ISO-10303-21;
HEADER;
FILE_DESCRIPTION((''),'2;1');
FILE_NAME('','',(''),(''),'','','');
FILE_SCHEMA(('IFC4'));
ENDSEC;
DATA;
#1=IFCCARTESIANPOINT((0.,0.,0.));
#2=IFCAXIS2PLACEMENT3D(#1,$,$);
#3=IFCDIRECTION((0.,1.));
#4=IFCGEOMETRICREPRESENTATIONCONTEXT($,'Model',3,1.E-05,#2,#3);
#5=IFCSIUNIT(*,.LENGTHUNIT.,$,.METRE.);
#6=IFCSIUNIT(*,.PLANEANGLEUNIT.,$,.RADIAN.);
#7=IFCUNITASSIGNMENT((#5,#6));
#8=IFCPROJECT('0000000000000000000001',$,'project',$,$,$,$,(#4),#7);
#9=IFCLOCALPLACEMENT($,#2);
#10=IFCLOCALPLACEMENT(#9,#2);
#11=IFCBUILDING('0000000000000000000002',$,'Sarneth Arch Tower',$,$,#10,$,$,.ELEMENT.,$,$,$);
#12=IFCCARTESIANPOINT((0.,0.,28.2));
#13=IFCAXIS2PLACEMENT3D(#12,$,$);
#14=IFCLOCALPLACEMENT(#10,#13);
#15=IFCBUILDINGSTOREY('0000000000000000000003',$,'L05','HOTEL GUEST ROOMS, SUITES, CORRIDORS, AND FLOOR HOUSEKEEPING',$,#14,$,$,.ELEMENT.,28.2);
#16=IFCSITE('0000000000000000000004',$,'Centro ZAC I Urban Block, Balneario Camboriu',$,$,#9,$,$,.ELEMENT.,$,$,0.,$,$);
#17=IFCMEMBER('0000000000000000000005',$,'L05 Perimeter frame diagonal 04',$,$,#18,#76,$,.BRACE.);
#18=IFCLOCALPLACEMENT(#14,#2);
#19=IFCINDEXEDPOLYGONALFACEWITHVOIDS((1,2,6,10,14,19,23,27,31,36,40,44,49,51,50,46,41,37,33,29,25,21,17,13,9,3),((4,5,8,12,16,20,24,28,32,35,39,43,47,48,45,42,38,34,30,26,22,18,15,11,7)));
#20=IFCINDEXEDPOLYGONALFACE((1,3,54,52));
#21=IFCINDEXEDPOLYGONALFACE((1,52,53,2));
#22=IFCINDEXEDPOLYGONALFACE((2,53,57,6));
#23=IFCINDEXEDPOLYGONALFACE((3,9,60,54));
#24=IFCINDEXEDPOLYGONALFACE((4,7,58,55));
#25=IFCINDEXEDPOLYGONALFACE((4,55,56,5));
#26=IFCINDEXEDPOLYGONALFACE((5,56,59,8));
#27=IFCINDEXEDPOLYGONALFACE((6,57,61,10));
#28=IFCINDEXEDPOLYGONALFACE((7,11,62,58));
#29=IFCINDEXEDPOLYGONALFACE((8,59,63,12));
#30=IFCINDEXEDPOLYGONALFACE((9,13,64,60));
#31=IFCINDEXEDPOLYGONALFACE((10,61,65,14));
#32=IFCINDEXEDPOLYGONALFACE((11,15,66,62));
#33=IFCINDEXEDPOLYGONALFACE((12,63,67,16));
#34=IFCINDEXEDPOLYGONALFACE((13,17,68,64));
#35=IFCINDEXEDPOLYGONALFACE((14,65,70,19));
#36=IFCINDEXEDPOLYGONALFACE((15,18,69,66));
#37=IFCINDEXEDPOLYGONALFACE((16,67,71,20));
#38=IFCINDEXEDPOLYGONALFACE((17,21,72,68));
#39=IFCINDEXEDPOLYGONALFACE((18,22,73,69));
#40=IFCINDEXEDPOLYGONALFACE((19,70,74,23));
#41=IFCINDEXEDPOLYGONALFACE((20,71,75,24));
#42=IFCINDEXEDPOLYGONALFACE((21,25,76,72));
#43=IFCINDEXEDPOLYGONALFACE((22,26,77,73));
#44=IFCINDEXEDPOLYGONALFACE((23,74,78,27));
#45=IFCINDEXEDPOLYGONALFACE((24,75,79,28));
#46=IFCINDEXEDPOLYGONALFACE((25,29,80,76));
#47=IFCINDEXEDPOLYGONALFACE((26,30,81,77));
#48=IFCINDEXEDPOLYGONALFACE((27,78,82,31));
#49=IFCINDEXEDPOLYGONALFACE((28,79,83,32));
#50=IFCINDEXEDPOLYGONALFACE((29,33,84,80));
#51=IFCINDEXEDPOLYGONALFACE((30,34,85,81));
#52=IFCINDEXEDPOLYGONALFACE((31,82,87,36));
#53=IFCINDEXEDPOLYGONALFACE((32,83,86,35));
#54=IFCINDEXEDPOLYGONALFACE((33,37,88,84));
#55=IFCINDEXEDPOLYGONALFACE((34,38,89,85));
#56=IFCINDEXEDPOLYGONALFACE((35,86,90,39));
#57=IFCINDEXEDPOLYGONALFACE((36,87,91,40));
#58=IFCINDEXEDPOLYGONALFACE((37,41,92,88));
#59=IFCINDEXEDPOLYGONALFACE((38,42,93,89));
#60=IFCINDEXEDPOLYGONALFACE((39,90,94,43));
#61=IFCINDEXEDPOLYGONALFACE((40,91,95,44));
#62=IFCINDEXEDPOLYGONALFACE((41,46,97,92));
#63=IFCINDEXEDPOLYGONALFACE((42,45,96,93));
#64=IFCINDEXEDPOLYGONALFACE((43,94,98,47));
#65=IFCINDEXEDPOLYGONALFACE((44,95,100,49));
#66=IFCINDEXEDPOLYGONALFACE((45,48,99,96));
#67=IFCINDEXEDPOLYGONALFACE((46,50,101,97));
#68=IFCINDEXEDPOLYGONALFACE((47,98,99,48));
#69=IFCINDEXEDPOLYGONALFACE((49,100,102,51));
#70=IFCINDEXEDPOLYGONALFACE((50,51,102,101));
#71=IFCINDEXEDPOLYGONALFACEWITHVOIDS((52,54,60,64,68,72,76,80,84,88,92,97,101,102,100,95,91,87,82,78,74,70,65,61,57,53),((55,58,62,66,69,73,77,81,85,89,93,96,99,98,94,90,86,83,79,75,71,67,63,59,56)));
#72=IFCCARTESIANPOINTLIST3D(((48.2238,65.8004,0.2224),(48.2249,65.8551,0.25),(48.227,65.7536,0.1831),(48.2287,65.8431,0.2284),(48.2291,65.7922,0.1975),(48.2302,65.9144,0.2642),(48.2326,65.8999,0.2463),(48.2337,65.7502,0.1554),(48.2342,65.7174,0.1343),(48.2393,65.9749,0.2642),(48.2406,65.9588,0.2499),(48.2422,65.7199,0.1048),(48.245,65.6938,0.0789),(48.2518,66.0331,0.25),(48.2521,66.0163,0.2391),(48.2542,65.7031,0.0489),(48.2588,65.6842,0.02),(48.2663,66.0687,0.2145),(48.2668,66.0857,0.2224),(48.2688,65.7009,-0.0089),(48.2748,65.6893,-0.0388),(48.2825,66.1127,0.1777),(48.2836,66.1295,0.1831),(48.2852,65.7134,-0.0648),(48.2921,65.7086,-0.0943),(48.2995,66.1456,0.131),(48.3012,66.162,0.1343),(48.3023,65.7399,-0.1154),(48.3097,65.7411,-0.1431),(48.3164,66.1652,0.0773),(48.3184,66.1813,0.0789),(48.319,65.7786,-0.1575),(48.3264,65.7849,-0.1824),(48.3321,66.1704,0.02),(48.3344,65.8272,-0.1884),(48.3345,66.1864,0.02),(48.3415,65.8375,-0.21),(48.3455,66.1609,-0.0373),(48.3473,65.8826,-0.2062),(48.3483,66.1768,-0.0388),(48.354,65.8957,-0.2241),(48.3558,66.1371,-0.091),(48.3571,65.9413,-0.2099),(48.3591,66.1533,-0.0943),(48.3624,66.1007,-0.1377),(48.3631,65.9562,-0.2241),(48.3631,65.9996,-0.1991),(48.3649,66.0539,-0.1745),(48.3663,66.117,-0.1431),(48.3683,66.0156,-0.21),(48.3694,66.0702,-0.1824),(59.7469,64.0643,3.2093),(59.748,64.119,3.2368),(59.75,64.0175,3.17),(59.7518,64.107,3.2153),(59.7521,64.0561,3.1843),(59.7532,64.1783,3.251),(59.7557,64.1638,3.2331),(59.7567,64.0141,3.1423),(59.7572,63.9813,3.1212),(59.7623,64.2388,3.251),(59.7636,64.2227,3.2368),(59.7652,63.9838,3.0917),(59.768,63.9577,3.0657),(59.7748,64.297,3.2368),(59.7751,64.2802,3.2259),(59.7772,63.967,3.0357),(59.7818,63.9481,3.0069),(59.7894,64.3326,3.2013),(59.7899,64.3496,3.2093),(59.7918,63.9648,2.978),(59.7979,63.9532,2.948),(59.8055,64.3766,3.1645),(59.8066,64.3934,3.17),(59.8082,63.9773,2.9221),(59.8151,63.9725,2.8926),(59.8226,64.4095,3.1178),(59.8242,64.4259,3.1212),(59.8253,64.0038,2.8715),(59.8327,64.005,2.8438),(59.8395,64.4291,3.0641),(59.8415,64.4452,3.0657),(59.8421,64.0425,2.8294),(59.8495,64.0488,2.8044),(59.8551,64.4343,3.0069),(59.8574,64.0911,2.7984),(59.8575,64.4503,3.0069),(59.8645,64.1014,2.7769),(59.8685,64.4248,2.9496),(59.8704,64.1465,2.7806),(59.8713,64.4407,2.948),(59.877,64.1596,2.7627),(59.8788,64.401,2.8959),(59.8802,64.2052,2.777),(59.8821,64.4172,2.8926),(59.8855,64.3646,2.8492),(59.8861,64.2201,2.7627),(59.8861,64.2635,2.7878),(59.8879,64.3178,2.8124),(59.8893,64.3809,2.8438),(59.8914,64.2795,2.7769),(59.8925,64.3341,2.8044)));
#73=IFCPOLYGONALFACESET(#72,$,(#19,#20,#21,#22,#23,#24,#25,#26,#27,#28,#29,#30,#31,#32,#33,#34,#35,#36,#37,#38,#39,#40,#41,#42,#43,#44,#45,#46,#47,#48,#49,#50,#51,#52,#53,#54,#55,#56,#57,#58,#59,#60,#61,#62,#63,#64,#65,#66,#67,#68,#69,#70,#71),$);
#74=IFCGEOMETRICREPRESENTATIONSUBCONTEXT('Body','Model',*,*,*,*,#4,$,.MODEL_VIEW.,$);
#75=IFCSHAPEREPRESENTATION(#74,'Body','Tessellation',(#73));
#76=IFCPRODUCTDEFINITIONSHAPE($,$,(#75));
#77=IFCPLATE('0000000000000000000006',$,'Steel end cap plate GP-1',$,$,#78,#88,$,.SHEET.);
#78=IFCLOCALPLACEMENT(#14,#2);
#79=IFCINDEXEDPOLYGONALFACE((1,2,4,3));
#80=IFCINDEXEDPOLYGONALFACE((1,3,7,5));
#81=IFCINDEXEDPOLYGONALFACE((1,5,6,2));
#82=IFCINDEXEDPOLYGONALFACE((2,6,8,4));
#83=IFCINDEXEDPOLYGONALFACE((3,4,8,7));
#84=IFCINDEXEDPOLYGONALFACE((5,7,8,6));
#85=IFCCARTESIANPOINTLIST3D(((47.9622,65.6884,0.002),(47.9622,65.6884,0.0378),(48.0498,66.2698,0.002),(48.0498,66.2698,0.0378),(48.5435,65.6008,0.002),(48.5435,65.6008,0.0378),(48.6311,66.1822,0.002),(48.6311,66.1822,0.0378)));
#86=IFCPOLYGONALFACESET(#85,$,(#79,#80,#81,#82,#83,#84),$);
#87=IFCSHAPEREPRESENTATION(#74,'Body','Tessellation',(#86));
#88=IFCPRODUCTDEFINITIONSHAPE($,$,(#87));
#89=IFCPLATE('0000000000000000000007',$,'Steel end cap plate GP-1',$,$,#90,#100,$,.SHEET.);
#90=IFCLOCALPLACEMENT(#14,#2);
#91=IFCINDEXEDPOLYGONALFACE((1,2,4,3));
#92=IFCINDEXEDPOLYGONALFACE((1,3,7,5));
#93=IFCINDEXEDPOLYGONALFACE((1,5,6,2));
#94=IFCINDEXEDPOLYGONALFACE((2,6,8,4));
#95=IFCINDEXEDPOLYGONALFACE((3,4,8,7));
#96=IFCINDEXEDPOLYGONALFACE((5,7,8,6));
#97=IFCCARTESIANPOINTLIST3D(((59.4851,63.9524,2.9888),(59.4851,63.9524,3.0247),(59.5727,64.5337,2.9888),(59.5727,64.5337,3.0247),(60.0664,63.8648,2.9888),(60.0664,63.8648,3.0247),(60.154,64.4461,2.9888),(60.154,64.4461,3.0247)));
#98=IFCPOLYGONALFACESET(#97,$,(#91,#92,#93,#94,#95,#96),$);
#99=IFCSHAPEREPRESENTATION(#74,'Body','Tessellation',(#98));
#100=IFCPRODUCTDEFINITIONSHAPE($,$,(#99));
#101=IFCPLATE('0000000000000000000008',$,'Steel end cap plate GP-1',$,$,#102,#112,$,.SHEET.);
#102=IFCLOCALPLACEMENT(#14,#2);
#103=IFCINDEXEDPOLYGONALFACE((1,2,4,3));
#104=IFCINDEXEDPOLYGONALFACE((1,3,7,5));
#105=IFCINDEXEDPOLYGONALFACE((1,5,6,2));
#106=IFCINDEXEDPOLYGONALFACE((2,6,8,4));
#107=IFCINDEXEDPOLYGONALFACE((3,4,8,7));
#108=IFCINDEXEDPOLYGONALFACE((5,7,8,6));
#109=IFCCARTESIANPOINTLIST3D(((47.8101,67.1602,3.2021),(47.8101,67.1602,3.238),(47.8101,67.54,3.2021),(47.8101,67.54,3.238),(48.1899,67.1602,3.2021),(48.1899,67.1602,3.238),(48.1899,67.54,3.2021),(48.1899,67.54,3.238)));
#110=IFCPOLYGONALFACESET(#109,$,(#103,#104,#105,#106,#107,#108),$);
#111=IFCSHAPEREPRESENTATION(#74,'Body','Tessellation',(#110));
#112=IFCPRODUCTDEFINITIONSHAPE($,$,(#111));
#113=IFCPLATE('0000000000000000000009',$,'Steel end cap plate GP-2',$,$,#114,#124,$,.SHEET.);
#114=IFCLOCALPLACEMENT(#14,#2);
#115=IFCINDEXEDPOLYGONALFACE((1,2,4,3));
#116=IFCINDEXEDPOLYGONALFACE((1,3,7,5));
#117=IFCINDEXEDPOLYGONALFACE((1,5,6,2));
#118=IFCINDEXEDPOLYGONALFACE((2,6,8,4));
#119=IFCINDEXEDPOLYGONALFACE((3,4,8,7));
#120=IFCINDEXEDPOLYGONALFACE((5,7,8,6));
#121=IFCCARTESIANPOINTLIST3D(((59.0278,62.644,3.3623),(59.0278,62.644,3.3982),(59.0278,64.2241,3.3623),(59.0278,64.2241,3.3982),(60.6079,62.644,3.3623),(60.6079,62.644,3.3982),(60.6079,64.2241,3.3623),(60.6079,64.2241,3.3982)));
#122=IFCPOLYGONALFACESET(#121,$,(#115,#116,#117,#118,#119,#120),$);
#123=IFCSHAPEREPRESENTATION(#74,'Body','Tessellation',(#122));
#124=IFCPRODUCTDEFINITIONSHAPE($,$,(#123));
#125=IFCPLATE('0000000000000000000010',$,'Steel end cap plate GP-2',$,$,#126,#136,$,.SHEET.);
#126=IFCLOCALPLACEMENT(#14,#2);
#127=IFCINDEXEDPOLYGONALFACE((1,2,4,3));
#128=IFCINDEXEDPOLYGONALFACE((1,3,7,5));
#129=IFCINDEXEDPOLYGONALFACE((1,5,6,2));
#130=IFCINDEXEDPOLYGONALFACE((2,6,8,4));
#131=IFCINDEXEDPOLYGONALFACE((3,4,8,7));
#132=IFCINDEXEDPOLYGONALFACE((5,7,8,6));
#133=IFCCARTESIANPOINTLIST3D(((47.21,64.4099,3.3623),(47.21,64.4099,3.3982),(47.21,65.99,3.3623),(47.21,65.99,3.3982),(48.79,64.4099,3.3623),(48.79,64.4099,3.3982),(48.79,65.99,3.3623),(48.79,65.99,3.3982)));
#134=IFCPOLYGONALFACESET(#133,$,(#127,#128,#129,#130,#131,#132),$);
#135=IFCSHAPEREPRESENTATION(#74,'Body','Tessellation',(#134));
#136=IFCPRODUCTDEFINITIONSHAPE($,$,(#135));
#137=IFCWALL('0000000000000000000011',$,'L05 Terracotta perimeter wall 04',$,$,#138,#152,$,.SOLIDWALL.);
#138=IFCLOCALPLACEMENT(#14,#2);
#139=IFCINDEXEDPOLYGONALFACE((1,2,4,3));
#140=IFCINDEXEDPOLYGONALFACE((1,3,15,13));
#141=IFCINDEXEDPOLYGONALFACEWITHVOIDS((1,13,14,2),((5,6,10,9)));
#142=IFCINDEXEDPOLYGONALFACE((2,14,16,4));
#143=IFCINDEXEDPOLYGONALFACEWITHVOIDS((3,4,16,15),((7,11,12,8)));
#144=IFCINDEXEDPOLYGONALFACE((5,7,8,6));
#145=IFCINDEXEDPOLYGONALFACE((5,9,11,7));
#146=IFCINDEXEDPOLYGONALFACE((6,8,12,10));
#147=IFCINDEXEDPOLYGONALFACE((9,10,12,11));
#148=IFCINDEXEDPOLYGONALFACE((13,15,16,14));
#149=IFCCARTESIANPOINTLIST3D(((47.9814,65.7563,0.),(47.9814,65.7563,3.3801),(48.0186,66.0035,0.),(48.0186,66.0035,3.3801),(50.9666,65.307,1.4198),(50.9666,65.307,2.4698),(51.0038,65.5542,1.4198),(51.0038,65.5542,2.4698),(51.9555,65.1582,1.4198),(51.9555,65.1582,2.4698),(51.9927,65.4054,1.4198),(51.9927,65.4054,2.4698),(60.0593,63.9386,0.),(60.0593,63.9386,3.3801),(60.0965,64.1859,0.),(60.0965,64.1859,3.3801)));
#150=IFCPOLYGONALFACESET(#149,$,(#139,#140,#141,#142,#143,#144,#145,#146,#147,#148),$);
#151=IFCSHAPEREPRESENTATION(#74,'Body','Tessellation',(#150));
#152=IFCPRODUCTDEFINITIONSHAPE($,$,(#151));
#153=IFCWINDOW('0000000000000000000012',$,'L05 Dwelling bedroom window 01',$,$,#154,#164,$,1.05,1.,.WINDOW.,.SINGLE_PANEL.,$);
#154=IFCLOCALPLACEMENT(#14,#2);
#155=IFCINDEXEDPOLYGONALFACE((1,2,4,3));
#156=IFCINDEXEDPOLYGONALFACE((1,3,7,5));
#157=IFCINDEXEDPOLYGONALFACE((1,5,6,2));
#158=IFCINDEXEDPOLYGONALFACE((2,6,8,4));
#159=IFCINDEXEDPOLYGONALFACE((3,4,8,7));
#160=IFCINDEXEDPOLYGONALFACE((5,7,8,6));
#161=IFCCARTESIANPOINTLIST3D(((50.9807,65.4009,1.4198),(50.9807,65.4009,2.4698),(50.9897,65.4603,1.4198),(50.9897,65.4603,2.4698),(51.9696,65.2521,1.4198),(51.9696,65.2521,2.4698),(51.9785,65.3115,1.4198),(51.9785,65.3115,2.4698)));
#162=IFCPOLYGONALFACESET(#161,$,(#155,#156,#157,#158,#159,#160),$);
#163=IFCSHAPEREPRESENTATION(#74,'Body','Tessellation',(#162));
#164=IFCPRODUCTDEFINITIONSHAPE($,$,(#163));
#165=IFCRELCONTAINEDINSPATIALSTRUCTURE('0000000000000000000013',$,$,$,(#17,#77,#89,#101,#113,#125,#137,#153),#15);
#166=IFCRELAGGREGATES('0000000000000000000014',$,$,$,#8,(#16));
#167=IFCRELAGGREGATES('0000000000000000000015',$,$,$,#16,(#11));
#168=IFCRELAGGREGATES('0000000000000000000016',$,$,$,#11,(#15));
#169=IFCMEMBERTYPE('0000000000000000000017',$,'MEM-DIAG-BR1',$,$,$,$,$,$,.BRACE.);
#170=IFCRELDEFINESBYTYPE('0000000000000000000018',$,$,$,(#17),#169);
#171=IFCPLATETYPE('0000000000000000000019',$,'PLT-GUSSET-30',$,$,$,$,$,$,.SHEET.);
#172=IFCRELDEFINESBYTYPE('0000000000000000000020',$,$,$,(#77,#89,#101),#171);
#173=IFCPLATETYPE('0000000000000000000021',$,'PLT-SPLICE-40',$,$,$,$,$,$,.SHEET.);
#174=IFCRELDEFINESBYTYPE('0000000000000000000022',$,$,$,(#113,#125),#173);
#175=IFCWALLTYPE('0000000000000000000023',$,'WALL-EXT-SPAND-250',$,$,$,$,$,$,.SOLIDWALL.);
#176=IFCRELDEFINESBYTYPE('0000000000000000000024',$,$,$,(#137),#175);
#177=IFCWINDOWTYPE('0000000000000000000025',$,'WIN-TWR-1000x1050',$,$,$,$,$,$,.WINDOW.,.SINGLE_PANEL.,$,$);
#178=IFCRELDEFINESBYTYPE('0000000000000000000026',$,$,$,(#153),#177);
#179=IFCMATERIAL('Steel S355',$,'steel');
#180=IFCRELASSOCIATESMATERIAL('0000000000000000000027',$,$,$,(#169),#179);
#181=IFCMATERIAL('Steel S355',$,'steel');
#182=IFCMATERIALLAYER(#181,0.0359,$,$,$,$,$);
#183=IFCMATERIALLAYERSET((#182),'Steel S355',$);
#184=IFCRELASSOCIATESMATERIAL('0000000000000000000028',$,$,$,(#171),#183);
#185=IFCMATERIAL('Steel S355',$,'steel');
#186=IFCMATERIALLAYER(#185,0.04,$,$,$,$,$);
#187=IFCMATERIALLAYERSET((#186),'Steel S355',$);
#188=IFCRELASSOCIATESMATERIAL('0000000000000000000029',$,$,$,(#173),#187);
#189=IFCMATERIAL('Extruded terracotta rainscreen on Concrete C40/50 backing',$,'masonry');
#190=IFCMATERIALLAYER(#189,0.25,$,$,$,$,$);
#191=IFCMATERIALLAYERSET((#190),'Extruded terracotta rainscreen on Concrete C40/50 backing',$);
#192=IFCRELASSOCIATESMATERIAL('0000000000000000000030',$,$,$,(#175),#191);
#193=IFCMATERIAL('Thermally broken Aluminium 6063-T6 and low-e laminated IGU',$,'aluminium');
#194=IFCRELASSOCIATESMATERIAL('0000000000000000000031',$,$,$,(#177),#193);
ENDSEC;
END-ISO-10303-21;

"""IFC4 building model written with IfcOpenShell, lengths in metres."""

from ifc_helpers import new_model, si_unit, direction, frame, frame_2d, origin, origin_2d, place, context, subcontext, project, spatial, rectangle, hollow_circle, extrude, material, layer, layer_set, material_profile, profile_set, type_object, element, fill, save


model = new_model("IFC4")

# Units and contexts
model_context = context("Model", 3, precision=1e-05, world=origin(), true_north=direction((0.0, 1.0)))
body_context = subcontext(model_context, "Body", "Model", "MODEL_VIEW")
ifc_project = project(units=[si_unit("LENGTHUNIT", "METRE"), si_unit("PLANEANGLEUNIT", "RADIAN")], contexts=[model_context])

# Site, building, storey
site_placement = place(None, origin())
site = spatial("IfcSite", under=ifc_project, at=site_placement, Name="Centro ZAC I Urban Block, Balneario Camboriu", CompositionType="ELEMENT", RefElevation=0.0)
building_placement = place(site_placement, origin())
building = spatial("IfcBuilding", under=site, at=building_placement, Name="Sarneth Arch Tower", CompositionType="ELEMENT")
storey_placement = place(building_placement, frame((0.0, 0.0, 28.2)))
storey = spatial("IfcBuildingStorey", under=building, at=storey_placement, Name="L05", Description="HOTEL GUEST ROOMS, SUITES, CORRIDORS, AND FLOOR HOUSEKEEPING", CompositionType="ELEMENT", Elevation=28.2)

# Member
ifc_material_1 = material(Name="Steel S355", Category="steel")
ifc_material_profile_1 = material_profile(ifc_material_1, hollow_circle(Radius=0.2539, WallThickness=0.0161, at=origin_2d()), Name="CHS508x16")
ifc_profile_set_1 = profile_set([ifc_material_profile_1], Name="Steel S355")
member_type_1 = type_object("IfcMemberType", Name="MEM-DIAG-BR1", PredefinedType="BRACE", material=ifc_profile_set_1)
member_1_placement = place(storey_placement, frame((48.2966, 65.9353, 0.02), z_axis=(0.957876, -0.144317, 0.248287), x_axis=(0.148982, 0.98884, 0.0)))
element("IfcMember", 1, at=member_1_placement, inside=storey, type_object=member_type_1, Name="L05 Perimeter frame diagonal 04", PredefinedType="BRACE", context=body_context, shape_type="SweptSolid", body=[
    extrude(hollow_circle(Radius=0.2539, WallThickness=0.0161, at=origin_2d()), origin(), (0.0, 0.0, 1.0), 12.0298),
])

# Plates
ifc_material_2 = material(Name="Steel S355", Category="steel")
ifc_layer_1 = layer(ifc_material_2, 0.0359)
ifc_layer_set_1 = layer_set([ifc_layer_1], Name="Steel S355")
plate_type_1 = type_object("IfcPlateType", Name="PLT-GUSSET-30", PredefinedType="SHEET", material=ifc_layer_set_1)
for number, where, z_axis, x_axis, name in (
    (2, (48.2966, 65.9353, 0.002), (0.0, 0.0, 1.0), (-0.988835, 0.149018, 0.0), "Steel end cap plate GP-1"),
    (3, (59.8196, 64.1992, 2.9888), (0.0, 0.0, 1.0), (-0.988835, 0.149018, 0.0), "Steel end cap plate GP-1"),
):
    element("IfcPlate", number, at=place(storey_placement, frame(where, z_axis=z_axis, x_axis=x_axis)), inside=storey, type_object=plate_type_1, Name=name, PredefinedType="SHEET", context=body_context, shape_type="SweptSolid", body=[
        extrude(rectangle(XDim=0.5879, YDim=0.5879, at=origin_2d()), origin(), (0.0, 0.0, 1.0), 0.0359),
    ])
plate_placement = place(storey_placement, frame((48.0, 67.3501, 3.2021), z_axis=(0.0, 0.0, 1.0), x_axis=(0.0, 1.0, 0.0)))
element("IfcPlate", 4, at=plate_placement, inside=storey, type_object=plate_type_1, Name="Steel end cap plate GP-1", PredefinedType="SHEET", context=body_context, shape_type="SweptSolid", body=[
    extrude(rectangle(XDim=0.3799, YDim=0.3799, at=origin_2d()), origin(), (0.0, 0.0, 1.0), 0.0359),
])
ifc_material_3 = material(Name="Steel S355", Category="steel")
ifc_layer_2 = layer(ifc_material_3, 0.04)
ifc_layer_set_2 = layer_set([ifc_layer_2], Name="Steel S355")
plate_type_2 = type_object("IfcPlateType", Name="PLT-SPLICE-40", PredefinedType="SHEET", material=ifc_layer_set_2)
for number, where, z_axis, x_axis, name in (
    (5, (59.8179, 63.4341, 3.3623), (0.0, 0.0, 1.0), (1.0, 0.0, 0.0), "Steel end cap plate GP-2"),
    (6, (48.0, 65.2, 3.3623), (0.0, 0.0, 1.0), (1.0, 0.0, 0.0), "Steel end cap plate GP-2"),
):
    element("IfcPlate", number, at=place(storey_placement, frame(where, z_axis=z_axis, x_axis=x_axis)), inside=storey, type_object=plate_type_2, Name=name, PredefinedType="SHEET", context=body_context, shape_type="SweptSolid", body=[
        extrude(rectangle(XDim=1.5801, YDim=1.5801, at=origin_2d()), origin(), (0.0, 0.0, 1.0), 0.0359),
    ])

# Wall, opening, window
ifc_material_4 = material(Name="Extruded terracotta rainscreen on Concrete C40/50 backing", Category="masonry")
ifc_layer_3 = layer(ifc_material_4, 0.25)
ifc_layer_set_3 = layer_set([ifc_layer_3], Name="Extruded terracotta rainscreen on Concrete C40/50 backing")
wall_type_1 = type_object("IfcWallType", Name="WALL-EXT-SPAND-250", PredefinedType="SOLIDWALL", material=ifc_layer_set_3)
wall_1_placement = place(storey_placement, frame((60.0779, 64.0623, 0.0), z_axis=(0.0, 0.0, 1.0), x_axis=(-0.988865, 0.148816, 0.0)))
wall_1 = element("IfcWall", 7, at=wall_1_placement, inside=storey, type_object=wall_type_1, Name="L05 Terracotta perimeter wall 04", PredefinedType="SOLIDWALL", context=body_context, shape_type="SweptSolid", body=[
    extrude(rectangle(XDim=12.2139, YDim=0.25, at=frame_2d((6.1069, 0.0))), origin(), (0.0, 0.0, 1.0), 3.3801),
])
opening_1_placement = place(wall_1_placement, frame((8.1951, 0.0, 1.4199)))
opening_1 = element("IfcOpeningElement", 8, at=opening_1_placement, cuts=wall_1, PredefinedType="OPENING", context=body_context, shape_type="SweptSolid", body=[
    extrude(rectangle(XDim=1.0, YDim=1.05, at=frame_2d((0.5, 0.5249))), frame((0.0, 0.135, 0.0), z_axis=(0.0, -1.0, 0.0), x_axis=(1.0, 0.0, 0.0)), (0.0, 0.0, 1.0), 0.27),
])
ifc_material_5 = material(Name="Thermally broken Aluminium 6063-T6 and low-e laminated IGU", Category="aluminium")
window_type = type_object("IfcWindowType", Name="WIN-TWR-1000x1050", PartitioningType="SINGLE_PANEL", PredefinedType="WINDOW", material=ifc_material_5)
window_placement = place(opening_1_placement, origin())
window = element("IfcWindow", 9, at=window_placement, inside=storey, type_object=window_type, Name="L05 Dwelling bedroom window 01", OverallHeight=1.05, OverallWidth=1.0, PartitioningType="SINGLE_PANEL", PredefinedType="WINDOW", context=body_context, shape_type="SweptSolid", body=[
    extrude(rectangle(XDim=1.0, YDim=1.05, at=frame_2d((0.5, 0.5249))), frame((0.0, 0.03, 0.0), z_axis=(0.0, -1.0, 0.0), x_axis=(1.0, 0.0, 0.0)), (0.0, 0.0, 1.0), 0.0601),
])
fill(opening_1, window)

save(model, "model.ifc")
